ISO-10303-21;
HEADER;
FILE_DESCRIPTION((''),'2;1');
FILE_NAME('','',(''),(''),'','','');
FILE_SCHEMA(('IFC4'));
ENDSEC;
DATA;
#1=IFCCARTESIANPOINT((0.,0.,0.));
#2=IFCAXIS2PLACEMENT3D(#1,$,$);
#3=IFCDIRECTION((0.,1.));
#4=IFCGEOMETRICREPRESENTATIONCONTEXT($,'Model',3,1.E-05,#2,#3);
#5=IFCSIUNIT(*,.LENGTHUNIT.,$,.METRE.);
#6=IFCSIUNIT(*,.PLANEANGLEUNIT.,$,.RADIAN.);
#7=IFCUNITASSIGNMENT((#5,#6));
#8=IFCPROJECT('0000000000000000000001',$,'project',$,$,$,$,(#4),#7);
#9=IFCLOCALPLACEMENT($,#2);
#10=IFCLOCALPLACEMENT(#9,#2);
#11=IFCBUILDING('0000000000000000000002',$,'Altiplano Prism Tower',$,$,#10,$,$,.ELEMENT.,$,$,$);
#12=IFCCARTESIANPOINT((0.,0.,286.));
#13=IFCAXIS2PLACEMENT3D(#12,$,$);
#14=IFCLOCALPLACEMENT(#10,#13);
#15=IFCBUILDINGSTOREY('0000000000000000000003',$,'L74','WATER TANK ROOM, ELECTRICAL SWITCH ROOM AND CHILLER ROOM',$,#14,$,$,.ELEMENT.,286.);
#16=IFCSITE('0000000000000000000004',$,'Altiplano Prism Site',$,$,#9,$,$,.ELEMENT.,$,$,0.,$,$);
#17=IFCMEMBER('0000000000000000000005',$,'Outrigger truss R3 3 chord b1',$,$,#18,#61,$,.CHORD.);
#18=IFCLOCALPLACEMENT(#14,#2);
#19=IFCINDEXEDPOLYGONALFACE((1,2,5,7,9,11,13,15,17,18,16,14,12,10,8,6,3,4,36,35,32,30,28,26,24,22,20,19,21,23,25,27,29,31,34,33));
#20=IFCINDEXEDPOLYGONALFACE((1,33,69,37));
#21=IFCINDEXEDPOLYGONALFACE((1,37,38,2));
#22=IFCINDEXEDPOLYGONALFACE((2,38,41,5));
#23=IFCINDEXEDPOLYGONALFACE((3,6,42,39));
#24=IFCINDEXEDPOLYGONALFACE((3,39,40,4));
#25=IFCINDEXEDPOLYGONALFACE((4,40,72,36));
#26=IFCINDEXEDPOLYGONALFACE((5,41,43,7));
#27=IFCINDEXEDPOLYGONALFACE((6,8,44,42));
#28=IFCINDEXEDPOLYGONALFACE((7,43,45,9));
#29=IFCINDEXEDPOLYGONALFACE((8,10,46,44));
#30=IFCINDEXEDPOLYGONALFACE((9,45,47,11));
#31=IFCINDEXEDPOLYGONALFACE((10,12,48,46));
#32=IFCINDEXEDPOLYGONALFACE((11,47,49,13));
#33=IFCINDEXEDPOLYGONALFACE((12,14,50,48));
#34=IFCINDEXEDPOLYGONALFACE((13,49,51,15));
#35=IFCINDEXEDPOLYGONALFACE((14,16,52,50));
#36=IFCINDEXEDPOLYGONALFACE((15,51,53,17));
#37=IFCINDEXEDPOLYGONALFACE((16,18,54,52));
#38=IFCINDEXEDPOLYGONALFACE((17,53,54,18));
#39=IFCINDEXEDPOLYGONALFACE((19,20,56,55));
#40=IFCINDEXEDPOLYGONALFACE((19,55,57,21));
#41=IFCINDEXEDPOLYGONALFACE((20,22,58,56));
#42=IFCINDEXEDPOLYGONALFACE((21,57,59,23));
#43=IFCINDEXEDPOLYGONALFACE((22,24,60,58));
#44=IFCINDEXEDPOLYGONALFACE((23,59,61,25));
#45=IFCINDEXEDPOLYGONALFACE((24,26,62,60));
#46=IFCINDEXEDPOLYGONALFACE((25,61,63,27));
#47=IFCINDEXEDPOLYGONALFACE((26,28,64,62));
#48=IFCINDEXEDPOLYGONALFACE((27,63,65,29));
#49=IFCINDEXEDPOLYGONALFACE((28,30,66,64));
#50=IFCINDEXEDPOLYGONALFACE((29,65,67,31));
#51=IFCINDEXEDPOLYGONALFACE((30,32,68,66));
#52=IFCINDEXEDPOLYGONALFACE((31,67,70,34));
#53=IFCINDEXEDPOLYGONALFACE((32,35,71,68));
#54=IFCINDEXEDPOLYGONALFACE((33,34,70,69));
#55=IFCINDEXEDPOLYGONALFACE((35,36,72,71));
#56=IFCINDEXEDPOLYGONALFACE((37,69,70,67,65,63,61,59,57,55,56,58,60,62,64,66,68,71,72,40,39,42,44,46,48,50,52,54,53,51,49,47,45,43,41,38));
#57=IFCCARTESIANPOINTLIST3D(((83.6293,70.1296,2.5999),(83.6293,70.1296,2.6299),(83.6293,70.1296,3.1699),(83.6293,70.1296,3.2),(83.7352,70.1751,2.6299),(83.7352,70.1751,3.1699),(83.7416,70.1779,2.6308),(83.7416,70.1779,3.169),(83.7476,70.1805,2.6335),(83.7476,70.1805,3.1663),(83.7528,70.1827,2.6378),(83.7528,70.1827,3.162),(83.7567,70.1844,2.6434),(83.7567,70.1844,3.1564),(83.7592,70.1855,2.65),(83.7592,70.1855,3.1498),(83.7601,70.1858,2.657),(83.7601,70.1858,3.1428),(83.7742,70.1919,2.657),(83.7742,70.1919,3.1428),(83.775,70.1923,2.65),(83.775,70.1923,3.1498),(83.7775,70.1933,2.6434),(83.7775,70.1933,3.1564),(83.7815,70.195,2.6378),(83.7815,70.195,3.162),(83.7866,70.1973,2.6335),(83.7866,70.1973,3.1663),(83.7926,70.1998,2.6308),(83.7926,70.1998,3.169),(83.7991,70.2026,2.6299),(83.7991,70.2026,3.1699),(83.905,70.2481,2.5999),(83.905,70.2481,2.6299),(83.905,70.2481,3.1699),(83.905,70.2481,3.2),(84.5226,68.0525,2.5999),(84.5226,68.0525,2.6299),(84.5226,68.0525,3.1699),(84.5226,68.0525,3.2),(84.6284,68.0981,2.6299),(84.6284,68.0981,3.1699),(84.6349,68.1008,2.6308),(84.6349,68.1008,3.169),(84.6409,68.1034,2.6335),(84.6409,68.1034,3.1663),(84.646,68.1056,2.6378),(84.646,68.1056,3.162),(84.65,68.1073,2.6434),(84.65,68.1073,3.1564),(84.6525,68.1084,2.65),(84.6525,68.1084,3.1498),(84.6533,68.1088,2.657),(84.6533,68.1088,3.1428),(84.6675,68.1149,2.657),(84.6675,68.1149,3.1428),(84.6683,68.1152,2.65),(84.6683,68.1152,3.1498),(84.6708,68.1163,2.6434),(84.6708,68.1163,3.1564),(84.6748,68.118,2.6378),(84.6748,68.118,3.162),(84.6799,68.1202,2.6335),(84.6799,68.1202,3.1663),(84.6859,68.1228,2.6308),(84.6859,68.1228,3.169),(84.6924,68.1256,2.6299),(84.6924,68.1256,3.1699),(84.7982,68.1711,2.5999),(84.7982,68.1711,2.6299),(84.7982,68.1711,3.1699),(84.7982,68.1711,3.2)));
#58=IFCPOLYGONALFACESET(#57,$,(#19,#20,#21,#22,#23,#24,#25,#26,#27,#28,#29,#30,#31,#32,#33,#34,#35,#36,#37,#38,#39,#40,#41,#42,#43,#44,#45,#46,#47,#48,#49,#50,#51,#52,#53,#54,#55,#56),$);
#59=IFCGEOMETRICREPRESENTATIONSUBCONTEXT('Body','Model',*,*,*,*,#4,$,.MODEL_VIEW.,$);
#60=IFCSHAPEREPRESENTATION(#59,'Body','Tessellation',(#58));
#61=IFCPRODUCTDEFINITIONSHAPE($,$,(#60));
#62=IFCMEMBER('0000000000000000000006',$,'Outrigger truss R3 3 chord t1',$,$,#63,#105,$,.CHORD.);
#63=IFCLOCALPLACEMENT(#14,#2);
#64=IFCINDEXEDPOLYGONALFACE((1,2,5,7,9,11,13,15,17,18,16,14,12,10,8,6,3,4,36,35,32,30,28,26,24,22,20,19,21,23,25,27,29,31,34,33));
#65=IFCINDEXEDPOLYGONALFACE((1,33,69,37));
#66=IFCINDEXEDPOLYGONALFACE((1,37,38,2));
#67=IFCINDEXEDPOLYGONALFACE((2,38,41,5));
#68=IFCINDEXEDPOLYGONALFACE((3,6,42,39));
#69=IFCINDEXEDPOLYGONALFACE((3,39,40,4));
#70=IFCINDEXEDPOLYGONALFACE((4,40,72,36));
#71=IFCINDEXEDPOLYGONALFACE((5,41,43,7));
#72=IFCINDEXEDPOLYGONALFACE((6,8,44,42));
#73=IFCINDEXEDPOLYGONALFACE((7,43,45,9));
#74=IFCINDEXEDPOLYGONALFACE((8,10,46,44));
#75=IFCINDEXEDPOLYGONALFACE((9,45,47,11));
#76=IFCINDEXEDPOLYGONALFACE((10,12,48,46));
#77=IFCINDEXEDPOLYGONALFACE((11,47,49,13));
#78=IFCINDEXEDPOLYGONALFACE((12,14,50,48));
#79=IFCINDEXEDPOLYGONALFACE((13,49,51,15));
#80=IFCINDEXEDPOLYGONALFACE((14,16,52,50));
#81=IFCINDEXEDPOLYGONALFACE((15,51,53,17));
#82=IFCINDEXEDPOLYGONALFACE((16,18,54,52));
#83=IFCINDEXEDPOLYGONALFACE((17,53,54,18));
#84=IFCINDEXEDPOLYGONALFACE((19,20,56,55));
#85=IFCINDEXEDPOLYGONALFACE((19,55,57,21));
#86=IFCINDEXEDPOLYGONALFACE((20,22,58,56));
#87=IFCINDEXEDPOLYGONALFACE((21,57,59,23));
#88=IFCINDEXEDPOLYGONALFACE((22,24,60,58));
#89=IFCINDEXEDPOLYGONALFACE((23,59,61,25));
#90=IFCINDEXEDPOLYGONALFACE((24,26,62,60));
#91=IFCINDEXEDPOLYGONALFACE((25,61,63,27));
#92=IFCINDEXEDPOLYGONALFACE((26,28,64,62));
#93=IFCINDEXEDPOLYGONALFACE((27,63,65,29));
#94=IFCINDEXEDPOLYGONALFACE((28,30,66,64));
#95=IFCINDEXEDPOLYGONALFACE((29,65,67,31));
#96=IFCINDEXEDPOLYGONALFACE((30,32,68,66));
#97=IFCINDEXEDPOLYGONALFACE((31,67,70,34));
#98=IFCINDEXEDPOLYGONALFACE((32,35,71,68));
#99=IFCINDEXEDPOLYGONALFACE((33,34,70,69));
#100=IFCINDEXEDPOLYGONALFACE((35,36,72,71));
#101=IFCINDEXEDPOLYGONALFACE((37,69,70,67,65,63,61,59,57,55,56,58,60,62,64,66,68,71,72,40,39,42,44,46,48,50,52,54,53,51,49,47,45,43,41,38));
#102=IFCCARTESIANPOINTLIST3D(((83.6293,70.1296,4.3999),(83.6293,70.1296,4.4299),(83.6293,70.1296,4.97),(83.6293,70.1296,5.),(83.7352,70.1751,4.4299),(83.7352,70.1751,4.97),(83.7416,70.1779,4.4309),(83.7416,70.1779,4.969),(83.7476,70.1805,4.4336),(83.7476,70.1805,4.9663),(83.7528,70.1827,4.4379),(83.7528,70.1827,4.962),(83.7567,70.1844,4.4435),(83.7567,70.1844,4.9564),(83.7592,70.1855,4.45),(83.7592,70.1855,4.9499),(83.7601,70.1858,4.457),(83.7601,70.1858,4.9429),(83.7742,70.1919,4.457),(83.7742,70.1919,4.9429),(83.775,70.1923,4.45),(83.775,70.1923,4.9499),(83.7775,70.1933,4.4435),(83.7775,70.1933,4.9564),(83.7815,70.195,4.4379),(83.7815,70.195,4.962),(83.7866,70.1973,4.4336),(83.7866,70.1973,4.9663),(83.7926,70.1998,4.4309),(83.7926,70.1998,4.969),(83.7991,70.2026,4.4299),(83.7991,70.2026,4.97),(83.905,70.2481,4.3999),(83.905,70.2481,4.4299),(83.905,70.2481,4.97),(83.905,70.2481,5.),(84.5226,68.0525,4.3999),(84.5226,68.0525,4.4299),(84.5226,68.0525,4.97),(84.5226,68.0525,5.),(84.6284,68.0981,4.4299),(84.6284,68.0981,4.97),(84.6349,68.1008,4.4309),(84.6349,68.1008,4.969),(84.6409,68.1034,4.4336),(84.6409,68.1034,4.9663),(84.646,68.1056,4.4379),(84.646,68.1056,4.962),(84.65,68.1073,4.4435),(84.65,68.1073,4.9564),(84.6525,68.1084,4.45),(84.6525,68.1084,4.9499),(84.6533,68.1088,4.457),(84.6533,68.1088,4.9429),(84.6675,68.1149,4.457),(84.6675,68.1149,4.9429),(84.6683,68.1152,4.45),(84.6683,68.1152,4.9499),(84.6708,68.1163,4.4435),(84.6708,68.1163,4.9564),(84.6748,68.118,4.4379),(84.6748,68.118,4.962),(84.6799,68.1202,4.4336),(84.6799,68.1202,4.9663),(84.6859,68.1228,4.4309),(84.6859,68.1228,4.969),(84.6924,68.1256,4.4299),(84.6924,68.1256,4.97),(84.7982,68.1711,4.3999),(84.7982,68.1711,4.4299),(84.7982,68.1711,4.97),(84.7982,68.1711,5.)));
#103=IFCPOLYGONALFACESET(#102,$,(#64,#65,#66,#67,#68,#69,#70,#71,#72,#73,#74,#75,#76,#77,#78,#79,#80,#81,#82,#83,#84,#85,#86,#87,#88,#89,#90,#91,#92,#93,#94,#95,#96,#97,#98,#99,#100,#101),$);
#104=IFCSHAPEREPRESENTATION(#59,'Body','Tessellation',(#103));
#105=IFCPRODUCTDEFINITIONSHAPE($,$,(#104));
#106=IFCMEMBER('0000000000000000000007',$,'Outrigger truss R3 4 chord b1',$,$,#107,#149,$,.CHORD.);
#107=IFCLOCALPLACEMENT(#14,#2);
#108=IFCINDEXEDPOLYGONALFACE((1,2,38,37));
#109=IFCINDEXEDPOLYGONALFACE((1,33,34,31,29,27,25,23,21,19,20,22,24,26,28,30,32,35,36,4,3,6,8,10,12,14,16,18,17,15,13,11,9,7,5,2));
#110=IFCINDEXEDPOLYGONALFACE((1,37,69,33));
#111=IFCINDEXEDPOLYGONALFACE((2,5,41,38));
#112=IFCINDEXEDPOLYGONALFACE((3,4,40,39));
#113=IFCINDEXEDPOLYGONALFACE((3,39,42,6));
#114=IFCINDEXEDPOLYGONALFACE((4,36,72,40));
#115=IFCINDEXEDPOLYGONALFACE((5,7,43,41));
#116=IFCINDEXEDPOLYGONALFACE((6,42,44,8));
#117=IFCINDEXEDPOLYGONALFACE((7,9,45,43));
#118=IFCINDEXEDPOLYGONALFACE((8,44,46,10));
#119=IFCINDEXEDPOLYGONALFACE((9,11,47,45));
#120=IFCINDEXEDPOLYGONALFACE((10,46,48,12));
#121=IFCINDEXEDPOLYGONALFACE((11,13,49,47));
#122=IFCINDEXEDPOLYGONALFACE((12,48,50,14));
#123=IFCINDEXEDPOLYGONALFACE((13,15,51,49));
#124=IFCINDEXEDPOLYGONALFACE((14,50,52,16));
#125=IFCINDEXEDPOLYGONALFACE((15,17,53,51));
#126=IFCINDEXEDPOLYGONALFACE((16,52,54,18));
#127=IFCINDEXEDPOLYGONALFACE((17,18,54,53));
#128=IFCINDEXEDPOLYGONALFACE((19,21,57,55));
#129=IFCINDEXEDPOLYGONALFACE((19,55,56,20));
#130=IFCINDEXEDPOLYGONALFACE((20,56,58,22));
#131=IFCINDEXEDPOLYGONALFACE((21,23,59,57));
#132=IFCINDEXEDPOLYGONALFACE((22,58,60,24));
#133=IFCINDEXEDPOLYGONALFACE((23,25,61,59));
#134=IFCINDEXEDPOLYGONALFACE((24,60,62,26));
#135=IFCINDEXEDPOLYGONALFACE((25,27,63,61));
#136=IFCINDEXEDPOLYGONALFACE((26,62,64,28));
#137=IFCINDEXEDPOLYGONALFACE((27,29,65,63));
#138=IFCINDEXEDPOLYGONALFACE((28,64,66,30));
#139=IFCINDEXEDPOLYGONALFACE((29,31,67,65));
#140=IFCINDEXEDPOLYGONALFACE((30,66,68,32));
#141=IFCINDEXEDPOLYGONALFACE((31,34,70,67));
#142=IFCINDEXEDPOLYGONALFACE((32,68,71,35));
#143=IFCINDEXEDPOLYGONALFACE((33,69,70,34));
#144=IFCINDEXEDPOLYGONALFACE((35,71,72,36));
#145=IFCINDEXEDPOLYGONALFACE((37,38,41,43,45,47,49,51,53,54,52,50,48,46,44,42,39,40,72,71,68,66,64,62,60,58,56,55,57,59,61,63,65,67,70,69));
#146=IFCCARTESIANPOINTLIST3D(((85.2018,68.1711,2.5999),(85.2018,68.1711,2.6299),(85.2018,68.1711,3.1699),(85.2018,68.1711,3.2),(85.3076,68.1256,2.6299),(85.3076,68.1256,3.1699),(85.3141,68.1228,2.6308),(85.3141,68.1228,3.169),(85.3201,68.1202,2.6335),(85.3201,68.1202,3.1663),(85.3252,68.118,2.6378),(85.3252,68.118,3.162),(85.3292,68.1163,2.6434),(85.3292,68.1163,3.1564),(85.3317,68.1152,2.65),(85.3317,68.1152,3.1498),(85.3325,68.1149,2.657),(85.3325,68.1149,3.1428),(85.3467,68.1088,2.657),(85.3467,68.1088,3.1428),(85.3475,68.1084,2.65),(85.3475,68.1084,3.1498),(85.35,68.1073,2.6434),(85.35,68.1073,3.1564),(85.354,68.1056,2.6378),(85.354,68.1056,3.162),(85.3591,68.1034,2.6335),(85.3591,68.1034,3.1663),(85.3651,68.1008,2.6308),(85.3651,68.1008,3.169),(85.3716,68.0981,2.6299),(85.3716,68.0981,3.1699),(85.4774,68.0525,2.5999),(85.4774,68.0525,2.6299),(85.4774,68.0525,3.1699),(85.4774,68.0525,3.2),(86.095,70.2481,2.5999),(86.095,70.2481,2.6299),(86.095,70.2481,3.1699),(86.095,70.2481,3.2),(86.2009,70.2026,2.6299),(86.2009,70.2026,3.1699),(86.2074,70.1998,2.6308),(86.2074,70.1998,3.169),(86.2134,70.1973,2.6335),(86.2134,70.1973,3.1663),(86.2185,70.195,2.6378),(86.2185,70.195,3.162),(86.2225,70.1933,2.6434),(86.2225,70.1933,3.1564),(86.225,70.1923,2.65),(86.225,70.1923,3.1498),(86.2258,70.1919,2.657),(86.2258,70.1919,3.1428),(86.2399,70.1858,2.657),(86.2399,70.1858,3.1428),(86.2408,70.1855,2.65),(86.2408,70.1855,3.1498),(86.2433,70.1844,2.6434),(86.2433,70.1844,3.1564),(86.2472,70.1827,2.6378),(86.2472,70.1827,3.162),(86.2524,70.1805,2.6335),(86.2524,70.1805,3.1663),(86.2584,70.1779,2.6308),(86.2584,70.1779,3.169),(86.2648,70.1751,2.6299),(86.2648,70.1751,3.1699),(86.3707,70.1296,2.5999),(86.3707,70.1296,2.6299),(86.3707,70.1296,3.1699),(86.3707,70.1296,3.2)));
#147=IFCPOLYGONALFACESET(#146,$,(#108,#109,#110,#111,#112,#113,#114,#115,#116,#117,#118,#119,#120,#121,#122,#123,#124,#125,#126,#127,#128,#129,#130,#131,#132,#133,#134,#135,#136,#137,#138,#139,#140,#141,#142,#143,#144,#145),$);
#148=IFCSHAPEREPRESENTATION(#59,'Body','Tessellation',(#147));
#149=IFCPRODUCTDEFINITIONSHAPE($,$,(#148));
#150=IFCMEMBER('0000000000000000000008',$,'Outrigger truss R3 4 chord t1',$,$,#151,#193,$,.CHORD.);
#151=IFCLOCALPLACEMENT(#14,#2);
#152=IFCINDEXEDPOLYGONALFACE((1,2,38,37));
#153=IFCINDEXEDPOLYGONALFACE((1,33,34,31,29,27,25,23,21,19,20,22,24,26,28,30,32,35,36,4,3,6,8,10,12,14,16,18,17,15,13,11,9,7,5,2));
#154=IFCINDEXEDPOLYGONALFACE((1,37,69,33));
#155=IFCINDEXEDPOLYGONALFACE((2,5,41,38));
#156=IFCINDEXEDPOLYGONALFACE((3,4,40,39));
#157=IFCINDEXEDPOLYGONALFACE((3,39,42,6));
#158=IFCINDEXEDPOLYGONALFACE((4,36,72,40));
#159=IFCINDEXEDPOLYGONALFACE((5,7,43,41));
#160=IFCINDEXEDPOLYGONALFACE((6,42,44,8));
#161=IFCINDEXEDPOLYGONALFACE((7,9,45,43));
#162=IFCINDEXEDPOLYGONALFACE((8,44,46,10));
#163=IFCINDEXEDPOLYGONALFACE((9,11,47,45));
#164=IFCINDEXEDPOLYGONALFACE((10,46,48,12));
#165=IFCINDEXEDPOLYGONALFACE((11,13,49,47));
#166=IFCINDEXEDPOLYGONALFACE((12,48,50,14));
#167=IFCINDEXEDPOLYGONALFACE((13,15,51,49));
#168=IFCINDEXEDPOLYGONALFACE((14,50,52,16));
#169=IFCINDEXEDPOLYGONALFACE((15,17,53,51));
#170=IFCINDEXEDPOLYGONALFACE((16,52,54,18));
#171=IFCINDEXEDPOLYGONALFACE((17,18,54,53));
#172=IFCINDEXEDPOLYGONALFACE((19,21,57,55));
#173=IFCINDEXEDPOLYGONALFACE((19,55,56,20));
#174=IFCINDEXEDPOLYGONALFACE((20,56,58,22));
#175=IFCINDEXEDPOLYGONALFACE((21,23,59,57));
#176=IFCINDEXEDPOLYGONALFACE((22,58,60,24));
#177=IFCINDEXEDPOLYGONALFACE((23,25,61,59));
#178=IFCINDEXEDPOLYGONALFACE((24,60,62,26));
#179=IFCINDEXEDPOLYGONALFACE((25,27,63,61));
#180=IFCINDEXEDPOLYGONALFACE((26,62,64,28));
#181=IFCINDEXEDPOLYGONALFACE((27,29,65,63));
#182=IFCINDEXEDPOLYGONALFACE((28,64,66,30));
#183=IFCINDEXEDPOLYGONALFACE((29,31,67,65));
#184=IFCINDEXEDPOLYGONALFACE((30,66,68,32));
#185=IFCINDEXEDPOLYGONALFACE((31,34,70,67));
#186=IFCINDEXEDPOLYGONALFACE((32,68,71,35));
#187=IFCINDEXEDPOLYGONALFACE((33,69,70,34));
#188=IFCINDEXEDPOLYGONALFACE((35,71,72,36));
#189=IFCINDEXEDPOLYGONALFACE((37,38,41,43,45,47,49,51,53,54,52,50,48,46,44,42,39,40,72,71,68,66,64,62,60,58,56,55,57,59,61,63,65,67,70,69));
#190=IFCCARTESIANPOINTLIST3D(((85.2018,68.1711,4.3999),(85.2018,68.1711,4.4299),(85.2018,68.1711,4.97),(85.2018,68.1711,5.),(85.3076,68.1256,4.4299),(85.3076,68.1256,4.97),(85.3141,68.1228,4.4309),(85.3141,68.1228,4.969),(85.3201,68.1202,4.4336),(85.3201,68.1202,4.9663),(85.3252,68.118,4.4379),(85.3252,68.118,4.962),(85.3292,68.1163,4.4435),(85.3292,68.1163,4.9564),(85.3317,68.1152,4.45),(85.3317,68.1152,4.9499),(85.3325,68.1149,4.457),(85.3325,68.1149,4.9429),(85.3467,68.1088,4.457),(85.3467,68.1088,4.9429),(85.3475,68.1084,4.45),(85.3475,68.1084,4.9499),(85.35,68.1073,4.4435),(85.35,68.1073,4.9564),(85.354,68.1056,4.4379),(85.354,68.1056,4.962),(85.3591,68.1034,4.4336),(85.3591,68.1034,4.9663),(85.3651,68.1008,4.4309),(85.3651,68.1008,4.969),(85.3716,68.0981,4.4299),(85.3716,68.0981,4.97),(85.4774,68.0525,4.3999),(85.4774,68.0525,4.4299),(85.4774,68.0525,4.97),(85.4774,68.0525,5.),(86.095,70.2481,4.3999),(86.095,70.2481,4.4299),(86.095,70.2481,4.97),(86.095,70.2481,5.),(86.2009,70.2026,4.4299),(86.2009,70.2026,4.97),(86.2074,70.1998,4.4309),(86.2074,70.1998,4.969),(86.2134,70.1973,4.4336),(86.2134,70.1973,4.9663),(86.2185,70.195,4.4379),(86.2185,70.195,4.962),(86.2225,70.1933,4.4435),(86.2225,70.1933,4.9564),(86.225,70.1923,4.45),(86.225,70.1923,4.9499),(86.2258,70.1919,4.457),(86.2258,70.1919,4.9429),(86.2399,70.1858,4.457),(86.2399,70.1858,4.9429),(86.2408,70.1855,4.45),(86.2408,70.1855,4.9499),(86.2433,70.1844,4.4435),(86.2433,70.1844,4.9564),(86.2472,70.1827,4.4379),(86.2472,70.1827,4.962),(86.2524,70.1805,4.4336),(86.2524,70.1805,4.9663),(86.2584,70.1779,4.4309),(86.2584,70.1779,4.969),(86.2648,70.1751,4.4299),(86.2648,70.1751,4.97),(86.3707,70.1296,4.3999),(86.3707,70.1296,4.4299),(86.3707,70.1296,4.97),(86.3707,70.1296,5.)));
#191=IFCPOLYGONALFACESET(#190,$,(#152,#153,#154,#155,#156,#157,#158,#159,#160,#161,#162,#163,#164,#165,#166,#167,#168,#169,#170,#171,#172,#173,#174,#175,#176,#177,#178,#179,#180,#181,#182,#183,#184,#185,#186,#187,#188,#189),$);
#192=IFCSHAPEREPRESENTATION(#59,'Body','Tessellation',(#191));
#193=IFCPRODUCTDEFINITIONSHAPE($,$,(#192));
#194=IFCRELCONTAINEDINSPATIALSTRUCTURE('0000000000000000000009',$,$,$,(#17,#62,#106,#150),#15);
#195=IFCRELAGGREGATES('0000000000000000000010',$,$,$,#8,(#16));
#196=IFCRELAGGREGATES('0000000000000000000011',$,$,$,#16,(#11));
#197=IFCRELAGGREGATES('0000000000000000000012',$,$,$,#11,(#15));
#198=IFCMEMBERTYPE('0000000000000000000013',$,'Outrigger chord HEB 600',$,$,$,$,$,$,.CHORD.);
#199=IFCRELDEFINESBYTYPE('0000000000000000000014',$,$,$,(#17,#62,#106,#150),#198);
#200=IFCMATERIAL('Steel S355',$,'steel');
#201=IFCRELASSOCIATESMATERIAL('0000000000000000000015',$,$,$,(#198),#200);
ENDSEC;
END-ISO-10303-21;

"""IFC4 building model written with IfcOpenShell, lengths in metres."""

from ifc_helpers import new_model, si_unit, direction, frame, origin, origin_2d, place, context, subcontext, project, spatial, i_section, extrude, material, material_profile, profile_set, type_object, element, save


model = new_model("IFC4")

# Units and contexts
model_context = context("Model", 3, precision=1e-05, world=origin(), true_north=direction((0.0, 1.0)))
body_context = subcontext(model_context, "Body", "Model", "MODEL_VIEW")
ifc_project = project(units=[si_unit("LENGTHUNIT", "METRE"), si_unit("PLANEANGLEUNIT", "RADIAN")], contexts=[model_context])

# Site, building, storey
site_placement = place(None, origin())
site = spatial("IfcSite", under=ifc_project, at=site_placement, Name="Altiplano Prism Site", CompositionType="ELEMENT", RefElevation=0.0)
building_placement = place(site_placement, origin())
building = spatial("IfcBuilding", under=site, at=building_placement, Name="Altiplano Prism Tower", CompositionType="ELEMENT")
storey_placement = place(building_placement, frame((0.0, 0.0, 286.0)))
storey = spatial("IfcBuildingStorey", under=building, at=storey_placement, Name="L74", Description="WATER TANK ROOM, ELECTRICAL SWITCH ROOM AND CHILLER ROOM", CompositionType="ELEMENT", Elevation=286.0)

# Shared definitions
ifc_material_1 = material(Name="Steel S355", Category="steel")

# Members
ifc_material_profile_1 = material_profile(ifc_material_1, i_section(OverallWidth=0.3, OverallDepth=0.6001, WebThickness=0.0154, FlangeThickness=0.03, FilletRadius=0.0271, at=origin_2d()), Name="Outrigger chord HEB 600")
ifc_profile_set_1 = profile_set([ifc_material_profile_1], Name="Steel S355")
member_type_1 = type_object("IfcMemberType", Name="Outrigger chord HEB 600", PredefinedType="CHORD", material=ifc_profile_set_1)
for number, where, z_axis, x_axis, name in (
    (1, (84.6604, 68.1118, 2.8999), (-0.395079, 0.918647, 0.0), (-0.918647, -0.395079, 0.0), "Outrigger truss R3 3 chord b1"),
    (2, (84.6604, 68.1118, 4.7), (-0.395079, 0.918647, 0.0), (-0.918647, -0.395079, 0.0), "Outrigger truss R3 3 chord t1"),
    (3, (85.3396, 68.1118, 2.8999), (0.395079, 0.918647, 0.0), (-0.918647, 0.395079, 0.0), "Outrigger truss R3 4 chord b1"),
    (4, (85.3396, 68.1118, 4.7), (0.395079, 0.918647, 0.0), (-0.918647, 0.395079, 0.0), "Outrigger truss R3 4 chord t1"),
):
    element("IfcMember", number, at=place(storey_placement, frame(where, z_axis=z_axis, x_axis=x_axis)), inside=storey, type_object=member_type_1, Name=name, PredefinedType="CHORD", context=body_context, shape_type="SweptSolid", body=[
        extrude(i_section(OverallWidth=0.3, OverallDepth=0.6001, WebThickness=0.0154, FlangeThickness=0.03, FilletRadius=0.0271, at=origin_2d()), origin(), (0.0, 0.0, 1.0), 2.261),
    ])

save(model, "model.ifc")
